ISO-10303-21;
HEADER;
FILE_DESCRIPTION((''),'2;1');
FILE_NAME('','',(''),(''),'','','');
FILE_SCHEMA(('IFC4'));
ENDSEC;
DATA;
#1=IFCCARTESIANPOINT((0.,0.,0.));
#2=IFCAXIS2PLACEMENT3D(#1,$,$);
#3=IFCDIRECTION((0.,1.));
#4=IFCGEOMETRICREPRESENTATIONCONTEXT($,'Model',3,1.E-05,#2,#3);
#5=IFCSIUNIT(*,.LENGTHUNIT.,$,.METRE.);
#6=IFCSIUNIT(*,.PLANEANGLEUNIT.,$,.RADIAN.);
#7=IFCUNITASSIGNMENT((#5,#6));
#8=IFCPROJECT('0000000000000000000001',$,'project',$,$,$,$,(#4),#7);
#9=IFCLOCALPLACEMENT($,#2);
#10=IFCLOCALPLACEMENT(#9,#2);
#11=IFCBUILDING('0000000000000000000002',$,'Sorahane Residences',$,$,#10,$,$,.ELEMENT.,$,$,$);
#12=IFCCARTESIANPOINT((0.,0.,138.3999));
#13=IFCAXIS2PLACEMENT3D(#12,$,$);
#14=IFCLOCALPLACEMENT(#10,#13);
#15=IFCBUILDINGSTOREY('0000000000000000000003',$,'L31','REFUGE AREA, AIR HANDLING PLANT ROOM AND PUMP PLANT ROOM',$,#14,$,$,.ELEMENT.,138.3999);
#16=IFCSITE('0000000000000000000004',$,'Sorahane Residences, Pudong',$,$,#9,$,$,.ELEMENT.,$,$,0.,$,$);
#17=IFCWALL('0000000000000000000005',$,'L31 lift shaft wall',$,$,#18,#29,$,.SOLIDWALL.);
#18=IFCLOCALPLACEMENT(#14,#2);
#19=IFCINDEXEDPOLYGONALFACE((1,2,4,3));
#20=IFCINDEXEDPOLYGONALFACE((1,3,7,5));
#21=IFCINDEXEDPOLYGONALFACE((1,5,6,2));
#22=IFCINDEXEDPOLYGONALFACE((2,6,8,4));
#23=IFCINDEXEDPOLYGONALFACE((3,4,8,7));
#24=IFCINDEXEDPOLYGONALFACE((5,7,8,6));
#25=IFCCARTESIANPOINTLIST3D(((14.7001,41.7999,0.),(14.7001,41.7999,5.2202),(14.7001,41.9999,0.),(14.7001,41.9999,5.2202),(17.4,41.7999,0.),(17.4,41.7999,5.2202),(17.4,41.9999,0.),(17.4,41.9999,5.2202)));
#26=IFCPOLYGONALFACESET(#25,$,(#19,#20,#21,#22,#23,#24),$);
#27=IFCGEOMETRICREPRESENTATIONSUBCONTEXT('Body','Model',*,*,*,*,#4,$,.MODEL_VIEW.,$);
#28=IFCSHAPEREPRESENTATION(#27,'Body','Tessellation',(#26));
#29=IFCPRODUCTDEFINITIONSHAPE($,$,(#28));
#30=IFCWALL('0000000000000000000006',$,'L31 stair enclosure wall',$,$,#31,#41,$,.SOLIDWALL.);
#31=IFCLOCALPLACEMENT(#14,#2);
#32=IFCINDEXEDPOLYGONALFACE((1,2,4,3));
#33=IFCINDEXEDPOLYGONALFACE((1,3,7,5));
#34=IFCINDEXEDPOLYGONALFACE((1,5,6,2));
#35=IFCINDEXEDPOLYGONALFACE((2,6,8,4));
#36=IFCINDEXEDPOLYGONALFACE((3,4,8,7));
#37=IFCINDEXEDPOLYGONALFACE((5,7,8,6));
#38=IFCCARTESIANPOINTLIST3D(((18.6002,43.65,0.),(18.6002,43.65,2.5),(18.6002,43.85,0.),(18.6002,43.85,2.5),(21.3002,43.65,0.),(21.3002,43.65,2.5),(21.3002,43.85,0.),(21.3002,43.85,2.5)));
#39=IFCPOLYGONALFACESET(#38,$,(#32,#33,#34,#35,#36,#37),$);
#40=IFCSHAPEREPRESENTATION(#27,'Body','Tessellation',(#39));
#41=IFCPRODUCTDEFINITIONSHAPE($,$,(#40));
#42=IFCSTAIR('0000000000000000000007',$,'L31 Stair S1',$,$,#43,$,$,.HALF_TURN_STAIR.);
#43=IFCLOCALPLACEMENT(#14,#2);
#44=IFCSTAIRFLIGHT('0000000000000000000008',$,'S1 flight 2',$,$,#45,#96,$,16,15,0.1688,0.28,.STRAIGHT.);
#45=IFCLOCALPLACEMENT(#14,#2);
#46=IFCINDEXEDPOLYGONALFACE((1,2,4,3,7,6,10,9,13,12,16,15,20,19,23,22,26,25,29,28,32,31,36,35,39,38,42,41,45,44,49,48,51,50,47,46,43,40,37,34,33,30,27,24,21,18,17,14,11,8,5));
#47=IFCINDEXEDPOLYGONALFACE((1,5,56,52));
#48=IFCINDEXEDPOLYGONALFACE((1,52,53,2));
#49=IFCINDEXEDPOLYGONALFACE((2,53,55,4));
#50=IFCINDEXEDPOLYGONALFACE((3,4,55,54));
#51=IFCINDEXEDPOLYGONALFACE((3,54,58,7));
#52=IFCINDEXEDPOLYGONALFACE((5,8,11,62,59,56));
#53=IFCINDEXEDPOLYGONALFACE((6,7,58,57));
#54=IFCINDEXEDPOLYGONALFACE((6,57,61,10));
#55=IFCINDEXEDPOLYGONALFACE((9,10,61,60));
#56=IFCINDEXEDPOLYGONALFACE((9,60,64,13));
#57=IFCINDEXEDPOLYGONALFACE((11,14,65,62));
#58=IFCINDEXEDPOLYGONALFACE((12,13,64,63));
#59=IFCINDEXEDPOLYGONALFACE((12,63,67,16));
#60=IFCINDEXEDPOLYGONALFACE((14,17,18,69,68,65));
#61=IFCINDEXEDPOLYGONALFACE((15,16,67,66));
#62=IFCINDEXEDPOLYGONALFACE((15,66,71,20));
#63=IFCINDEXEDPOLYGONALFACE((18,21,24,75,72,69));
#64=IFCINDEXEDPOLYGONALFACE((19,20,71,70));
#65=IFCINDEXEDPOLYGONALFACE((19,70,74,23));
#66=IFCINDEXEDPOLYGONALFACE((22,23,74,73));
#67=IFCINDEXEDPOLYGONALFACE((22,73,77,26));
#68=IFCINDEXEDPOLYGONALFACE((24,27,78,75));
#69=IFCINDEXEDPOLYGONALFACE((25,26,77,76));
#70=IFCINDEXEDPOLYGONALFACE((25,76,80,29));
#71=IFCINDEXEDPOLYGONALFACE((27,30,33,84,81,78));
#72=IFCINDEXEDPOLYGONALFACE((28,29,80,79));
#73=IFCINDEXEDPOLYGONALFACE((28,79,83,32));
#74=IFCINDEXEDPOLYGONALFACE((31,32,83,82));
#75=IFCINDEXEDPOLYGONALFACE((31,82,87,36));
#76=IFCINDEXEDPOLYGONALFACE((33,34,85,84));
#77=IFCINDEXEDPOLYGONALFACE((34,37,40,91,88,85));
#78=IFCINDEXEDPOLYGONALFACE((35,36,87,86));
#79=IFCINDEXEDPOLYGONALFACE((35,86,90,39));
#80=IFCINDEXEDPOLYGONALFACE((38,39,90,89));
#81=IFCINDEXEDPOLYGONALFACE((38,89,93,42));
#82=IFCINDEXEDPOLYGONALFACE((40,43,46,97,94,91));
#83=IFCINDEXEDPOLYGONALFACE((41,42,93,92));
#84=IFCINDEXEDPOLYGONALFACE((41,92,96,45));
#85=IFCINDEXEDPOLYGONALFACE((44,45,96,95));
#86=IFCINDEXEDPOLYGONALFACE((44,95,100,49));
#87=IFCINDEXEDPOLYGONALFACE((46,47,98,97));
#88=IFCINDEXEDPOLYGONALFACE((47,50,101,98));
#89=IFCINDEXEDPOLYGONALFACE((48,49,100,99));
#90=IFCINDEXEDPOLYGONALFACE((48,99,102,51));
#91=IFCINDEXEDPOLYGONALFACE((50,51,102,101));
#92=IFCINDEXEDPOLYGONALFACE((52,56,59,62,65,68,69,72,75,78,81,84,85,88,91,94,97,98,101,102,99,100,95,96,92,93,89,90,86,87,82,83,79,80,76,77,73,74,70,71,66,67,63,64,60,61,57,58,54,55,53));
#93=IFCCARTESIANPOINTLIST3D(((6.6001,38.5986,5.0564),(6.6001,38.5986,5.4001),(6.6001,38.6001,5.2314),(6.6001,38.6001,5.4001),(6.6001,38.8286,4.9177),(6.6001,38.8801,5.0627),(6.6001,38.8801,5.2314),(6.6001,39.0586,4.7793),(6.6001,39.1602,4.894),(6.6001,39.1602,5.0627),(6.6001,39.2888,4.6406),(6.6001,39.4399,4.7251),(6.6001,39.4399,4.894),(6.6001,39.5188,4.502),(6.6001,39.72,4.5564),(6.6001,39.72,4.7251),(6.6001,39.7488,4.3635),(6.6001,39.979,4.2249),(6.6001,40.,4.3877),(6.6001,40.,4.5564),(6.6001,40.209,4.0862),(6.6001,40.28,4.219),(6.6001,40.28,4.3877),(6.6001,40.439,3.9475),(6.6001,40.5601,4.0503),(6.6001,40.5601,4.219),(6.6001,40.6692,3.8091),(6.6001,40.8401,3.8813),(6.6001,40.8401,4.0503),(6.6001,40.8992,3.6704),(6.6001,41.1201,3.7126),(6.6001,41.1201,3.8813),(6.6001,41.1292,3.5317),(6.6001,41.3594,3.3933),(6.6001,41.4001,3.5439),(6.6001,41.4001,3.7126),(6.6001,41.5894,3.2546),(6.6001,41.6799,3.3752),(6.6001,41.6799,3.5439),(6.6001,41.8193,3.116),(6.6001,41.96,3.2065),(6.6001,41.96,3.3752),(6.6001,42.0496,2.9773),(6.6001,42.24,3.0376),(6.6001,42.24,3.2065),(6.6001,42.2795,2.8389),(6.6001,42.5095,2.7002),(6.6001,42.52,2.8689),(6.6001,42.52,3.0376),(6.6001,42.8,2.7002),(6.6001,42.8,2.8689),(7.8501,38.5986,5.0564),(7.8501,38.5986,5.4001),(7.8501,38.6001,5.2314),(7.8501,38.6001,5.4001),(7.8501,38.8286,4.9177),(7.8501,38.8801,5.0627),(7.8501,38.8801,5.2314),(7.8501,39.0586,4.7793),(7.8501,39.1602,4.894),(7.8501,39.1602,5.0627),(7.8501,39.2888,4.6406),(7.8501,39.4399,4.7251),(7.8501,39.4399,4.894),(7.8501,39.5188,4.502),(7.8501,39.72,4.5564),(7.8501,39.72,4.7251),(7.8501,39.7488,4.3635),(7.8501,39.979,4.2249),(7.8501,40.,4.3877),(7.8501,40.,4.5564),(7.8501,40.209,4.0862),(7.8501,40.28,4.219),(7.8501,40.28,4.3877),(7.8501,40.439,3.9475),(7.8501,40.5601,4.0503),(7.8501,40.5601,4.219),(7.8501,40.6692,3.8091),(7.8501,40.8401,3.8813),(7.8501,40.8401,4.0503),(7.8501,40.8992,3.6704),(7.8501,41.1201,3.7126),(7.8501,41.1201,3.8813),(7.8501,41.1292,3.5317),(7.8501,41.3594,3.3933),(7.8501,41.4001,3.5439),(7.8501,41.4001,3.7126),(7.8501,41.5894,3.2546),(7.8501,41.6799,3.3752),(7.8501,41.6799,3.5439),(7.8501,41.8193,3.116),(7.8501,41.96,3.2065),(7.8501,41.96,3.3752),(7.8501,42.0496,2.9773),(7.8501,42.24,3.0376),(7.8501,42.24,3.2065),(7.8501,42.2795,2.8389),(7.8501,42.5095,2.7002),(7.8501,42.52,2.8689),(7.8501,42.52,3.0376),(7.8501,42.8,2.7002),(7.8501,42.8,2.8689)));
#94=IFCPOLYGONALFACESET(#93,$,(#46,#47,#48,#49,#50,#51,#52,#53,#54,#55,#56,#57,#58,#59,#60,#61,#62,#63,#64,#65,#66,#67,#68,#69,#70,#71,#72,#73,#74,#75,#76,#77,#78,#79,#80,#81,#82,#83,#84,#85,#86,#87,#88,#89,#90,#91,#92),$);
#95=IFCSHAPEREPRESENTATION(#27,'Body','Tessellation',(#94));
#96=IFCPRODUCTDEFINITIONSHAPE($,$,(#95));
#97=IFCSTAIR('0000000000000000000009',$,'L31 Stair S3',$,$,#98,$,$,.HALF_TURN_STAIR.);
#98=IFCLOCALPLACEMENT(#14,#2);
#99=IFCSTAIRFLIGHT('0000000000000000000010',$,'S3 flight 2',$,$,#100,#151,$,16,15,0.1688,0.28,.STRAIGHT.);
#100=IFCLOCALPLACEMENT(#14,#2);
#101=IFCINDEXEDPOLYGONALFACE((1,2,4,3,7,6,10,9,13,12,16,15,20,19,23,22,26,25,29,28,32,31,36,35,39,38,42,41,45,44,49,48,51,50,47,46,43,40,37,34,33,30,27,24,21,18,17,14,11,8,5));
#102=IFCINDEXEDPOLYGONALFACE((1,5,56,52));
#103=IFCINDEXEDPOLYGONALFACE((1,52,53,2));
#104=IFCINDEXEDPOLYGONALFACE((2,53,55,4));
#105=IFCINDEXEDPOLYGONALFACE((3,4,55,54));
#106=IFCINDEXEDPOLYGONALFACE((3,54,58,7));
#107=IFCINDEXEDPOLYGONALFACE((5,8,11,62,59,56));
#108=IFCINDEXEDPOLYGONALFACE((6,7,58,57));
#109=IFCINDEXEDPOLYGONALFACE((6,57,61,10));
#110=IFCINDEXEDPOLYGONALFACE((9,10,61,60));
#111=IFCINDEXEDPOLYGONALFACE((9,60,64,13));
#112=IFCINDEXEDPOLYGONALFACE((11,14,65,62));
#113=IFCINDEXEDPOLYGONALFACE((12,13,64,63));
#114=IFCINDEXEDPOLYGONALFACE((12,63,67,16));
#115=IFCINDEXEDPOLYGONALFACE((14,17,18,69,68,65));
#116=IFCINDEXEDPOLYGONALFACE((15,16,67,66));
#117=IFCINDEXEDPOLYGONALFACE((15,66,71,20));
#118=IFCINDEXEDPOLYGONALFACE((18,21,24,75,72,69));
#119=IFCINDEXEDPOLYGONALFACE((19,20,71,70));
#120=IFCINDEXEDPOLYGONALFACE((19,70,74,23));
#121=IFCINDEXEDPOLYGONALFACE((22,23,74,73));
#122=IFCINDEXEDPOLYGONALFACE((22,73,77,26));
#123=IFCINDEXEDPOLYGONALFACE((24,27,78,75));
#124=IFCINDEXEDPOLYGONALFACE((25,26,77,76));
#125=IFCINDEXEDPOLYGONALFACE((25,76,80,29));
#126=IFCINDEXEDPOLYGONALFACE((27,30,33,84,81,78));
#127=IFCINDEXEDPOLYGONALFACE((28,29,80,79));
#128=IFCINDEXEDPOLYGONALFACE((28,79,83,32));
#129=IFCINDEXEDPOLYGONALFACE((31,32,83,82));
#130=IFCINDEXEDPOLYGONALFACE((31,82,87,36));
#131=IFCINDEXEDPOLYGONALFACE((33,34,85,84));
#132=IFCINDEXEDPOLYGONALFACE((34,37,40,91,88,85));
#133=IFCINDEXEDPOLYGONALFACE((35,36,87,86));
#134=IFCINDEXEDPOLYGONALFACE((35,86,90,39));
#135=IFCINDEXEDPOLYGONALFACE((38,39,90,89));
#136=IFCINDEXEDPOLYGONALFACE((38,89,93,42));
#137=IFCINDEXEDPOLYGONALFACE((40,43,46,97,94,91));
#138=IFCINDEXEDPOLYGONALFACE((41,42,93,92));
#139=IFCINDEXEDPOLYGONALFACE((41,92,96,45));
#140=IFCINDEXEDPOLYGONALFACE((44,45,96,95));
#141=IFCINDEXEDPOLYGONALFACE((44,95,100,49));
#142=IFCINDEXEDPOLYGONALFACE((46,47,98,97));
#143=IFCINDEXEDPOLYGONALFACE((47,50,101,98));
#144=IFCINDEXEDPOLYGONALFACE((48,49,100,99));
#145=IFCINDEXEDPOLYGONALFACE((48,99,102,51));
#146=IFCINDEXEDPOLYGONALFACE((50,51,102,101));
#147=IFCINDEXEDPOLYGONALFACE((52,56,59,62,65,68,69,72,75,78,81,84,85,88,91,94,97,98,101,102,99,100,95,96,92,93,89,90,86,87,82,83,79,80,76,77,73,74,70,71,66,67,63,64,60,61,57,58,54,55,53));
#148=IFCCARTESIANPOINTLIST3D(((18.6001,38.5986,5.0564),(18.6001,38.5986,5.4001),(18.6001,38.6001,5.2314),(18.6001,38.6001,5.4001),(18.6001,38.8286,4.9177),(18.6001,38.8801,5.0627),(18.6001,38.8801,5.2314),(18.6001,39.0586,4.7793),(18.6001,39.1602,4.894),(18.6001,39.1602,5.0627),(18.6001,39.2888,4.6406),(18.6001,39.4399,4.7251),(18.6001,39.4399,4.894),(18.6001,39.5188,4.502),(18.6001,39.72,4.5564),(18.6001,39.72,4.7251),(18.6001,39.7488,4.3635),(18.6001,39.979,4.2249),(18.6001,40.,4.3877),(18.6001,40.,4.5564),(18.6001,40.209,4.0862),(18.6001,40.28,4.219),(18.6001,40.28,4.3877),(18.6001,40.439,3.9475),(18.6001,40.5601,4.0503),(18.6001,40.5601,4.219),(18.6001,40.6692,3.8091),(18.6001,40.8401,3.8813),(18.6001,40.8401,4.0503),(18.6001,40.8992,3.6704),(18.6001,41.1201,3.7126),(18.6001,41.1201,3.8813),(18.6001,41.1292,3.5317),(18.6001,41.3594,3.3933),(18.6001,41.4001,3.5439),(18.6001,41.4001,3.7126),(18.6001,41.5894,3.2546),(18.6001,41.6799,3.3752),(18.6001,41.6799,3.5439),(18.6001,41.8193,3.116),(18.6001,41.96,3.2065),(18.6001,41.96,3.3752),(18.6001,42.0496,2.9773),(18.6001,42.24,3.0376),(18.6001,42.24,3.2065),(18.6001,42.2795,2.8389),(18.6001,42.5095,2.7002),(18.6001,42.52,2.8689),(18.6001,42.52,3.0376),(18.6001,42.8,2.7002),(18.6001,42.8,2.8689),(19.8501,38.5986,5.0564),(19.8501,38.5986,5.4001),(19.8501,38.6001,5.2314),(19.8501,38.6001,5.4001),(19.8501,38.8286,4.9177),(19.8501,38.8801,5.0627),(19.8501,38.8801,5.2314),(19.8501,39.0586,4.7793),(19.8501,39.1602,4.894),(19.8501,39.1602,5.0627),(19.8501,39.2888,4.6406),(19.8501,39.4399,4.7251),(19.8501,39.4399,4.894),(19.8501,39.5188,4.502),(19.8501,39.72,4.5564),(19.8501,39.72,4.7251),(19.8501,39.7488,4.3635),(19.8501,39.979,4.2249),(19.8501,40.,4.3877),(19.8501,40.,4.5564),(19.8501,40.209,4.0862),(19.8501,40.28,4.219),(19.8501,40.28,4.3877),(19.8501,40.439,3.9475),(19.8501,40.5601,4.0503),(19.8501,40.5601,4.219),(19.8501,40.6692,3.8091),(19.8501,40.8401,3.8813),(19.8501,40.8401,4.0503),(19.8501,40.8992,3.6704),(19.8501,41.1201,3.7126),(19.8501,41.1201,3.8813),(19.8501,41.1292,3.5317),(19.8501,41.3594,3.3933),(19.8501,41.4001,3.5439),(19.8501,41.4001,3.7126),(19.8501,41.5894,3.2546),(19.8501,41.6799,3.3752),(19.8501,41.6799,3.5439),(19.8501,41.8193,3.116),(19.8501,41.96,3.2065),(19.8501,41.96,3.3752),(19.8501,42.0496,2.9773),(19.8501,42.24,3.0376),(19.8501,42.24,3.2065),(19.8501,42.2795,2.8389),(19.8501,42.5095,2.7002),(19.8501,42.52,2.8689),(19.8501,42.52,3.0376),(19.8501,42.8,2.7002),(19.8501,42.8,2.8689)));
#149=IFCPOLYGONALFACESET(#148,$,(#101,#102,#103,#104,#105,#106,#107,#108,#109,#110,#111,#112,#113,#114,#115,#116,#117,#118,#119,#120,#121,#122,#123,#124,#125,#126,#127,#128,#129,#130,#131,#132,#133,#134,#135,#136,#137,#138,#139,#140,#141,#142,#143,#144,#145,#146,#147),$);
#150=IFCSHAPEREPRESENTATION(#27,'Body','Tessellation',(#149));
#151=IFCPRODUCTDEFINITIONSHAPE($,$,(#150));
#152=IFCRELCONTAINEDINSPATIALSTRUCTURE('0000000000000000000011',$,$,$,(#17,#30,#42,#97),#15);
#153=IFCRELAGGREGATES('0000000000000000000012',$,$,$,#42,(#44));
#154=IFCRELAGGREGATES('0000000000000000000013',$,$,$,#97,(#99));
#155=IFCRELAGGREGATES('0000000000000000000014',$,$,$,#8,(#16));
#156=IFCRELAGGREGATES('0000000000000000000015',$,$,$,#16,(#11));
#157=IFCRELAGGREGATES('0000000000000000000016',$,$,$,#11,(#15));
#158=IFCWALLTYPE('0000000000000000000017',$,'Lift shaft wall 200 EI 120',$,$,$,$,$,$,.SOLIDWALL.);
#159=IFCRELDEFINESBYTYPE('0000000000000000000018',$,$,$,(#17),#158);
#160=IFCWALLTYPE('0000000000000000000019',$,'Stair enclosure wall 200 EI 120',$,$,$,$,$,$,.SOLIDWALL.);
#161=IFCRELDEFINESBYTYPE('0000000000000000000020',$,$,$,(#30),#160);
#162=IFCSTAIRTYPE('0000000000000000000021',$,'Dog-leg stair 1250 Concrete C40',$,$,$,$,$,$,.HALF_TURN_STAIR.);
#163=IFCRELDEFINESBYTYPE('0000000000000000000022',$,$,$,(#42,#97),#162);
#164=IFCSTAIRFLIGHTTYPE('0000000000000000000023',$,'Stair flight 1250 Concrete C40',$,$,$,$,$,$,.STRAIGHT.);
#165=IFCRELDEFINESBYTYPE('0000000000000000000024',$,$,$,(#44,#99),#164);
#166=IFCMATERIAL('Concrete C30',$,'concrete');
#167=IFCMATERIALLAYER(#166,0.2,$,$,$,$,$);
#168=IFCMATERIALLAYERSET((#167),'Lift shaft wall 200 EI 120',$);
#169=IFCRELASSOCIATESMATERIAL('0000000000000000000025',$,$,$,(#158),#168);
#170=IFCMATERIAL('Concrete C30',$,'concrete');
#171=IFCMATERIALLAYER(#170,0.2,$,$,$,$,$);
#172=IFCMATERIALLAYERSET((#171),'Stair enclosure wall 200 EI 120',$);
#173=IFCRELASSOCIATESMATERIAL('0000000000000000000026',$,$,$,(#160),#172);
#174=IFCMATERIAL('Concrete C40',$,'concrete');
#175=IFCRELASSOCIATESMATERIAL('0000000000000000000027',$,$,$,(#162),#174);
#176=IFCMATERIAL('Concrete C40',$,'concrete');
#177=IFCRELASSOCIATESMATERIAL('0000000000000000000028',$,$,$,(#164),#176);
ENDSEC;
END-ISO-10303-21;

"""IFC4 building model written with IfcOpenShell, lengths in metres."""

from ifc_helpers import new_model, si_unit, direction, frame, frame_2d, origin, place, context, subcontext, project, spatial, polyline, rectangle, outline, extrude, material, layer, layer_set, type_object, element, aggregate, save


model = new_model("IFC4")

# Units and contexts
model_context = context("Model", 3, precision=1e-05, world=origin(), true_north=direction((0.0, 1.0)))
body_context = subcontext(model_context, "Body", "Model", "MODEL_VIEW")
ifc_project = project(units=[si_unit("LENGTHUNIT", "METRE"), si_unit("PLANEANGLEUNIT", "RADIAN")], contexts=[model_context])

# Site, building, storey
site_placement = place(None, origin())
site = spatial("IfcSite", under=ifc_project, at=site_placement, Name="Sorahane Residences, Pudong", CompositionType="ELEMENT", RefElevation=0.0)
building_placement = place(site_placement, origin())
building = spatial("IfcBuilding", under=site, at=building_placement, Name="Sorahane Residences", CompositionType="ELEMENT")
storey_placement = place(building_placement, frame((0.0, 0.0, 138.3999)))
storey = spatial("IfcBuildingStorey", under=building, at=storey_placement, Name="L31", Description="REFUGE AREA, AIR HANDLING PLANT ROOM AND PUMP PLANT ROOM", CompositionType="ELEMENT", Elevation=138.3999)

# Walls
ifc_material_1 = material(Name="Concrete C30", Category="concrete")
ifc_layer_1 = layer(ifc_material_1, 0.2)
ifc_layer_set_1 = layer_set([ifc_layer_1], Name="Lift shaft wall 200 EI 120")
wall_type_1 = type_object("IfcWallType", Name="Lift shaft wall 200 EI 120", PredefinedType="SOLIDWALL", material=ifc_layer_set_1)
wall_1_placement = place(storey_placement, frame((14.7, 41.8999, 0.0), z_axis=(0.0, 0.0, 1.0), x_axis=(1.0, 0.0, 0.0)))
element("IfcWall", 1, at=wall_1_placement, inside=storey, type_object=wall_type_1, Name="L31 lift shaft wall", PredefinedType="SOLIDWALL", context=body_context, shape_type="SweptSolid", body=[
    extrude(rectangle(XDim=2.7, YDim=0.2, at=frame_2d((1.3501, 0.0))), origin(), (0.0, 0.0, 1.0), 5.2202),
])
ifc_material_2 = material(Name="Concrete C30", Category="concrete")
ifc_layer_2 = layer(ifc_material_2, 0.2)
ifc_layer_set_2 = layer_set([ifc_layer_2], Name="Stair enclosure wall 200 EI 120")
wall_type_2 = type_object("IfcWallType", Name="Stair enclosure wall 200 EI 120", PredefinedType="SOLIDWALL", material=ifc_layer_set_2)
wall_2_placement = place(storey_placement, frame((18.6001, 43.75, 0.0), z_axis=(0.0, 0.0, 1.0), x_axis=(1.0, 0.0, 0.0)))
element("IfcWall", 2, at=wall_2_placement, inside=storey, type_object=wall_type_2, Name="L31 stair enclosure wall", PredefinedType="SOLIDWALL", context=body_context, shape_type="SweptSolid", body=[
    extrude(rectangle(XDim=2.7, YDim=0.2, at=frame_2d((1.3501, 0.0))), origin(), (0.0, 0.0, 1.0), 2.5),
])

# Stairs, stair flights
ifc_material_3 = material(Name="Concrete C40", Category="concrete")
stair_type = type_object("IfcStairType", Name="Dog-leg stair 1250 Concrete C40", PredefinedType="HALF_TURN_STAIR", material=ifc_material_3)
stair_1_placement = place(storey_placement, origin())
stair_1 = element("IfcStair", 3, at=stair_1_placement, inside=storey, type_object=stair_type, Name="L31 Stair S1", PredefinedType="HALF_TURN_STAIR")
ifc_material_4 = material(Name="Concrete C40", Category="concrete")
stair_flight_type = type_object("IfcStairFlightType", Name="Stair flight 1250 Concrete C40", PredefinedType="STRAIGHT", material=ifc_material_4)
stair_flight_1_placement = place(storey_placement, frame((7.2251, 42.8, 2.7002), z_axis=(0.0, 0.0, 1.0), x_axis=(0.0, -1.0, 0.0)))
stair_flight_1 = element("IfcStairFlight", 4, at=stair_flight_1_placement, type_object=stair_flight_type, Name="S1 flight 2", NumberOfRisers=16, NumberOfTreads=15, PredefinedType="STRAIGHT", RiserHeight=0.1688, TreadLength=0.28, context=body_context, shape_type="SweptSolid", body=[
    extrude(outline(polyline([(0.0, 0.0), (0.0, 0.1687), (0.28, 0.1687), (0.28, 0.3374), (0.5601, 0.3374), (0.5601, 0.5063), (0.8401, 0.5063), (0.8401, 0.675), (1.1201, 0.675), (1.1201, 0.8438), (1.3999, 0.8438), (1.3999, 1.0125), (1.6799, 1.0125), (1.6799, 1.1812), (1.96, 1.1812), (1.96, 1.3501), (2.24, 1.3501), (2.24, 1.5188), (2.52, 1.5188), (2.52, 1.6875), (2.8, 1.6875), (2.8, 1.8562), (3.0801, 1.8562), (3.0801, 2.0249), (3.3601, 2.0249), (3.3601, 2.1938), (3.6399, 2.1938), (3.6399, 2.3625), (3.9199, 2.3625), (3.9199, 2.5312), (4.2, 2.5312), (4.2, 2.7), (4.2014, 2.7), (4.2014, 2.3562), (3.9714, 2.2175), (3.7415, 2.0791), (3.5112, 1.9404), (3.2812, 1.8018), (3.0513, 1.6633), (2.821, 1.5247), (2.5911, 1.386), (2.3611, 1.2473), (2.1309, 1.1089), (1.9009, 0.9702), (1.6709, 0.8315), (1.4407, 0.6931), (1.2107, 0.5544), (0.9807, 0.4158), (0.7505, 0.2771), (0.5205, 0.1387), (0.2905, 0.0), (0.0, 0.0)])), frame((0.0, 0.625, 0.0), z_axis=(0.0, -1.0, 0.0), x_axis=(1.0, 0.0, 0.0)), (0.0, 0.0, 1.0), 1.25),
])
aggregate(stair_1, [stair_flight_1])
stair_2_placement = place(storey_placement, origin())
stair_2 = element("IfcStair", 5, at=stair_2_placement, inside=storey, type_object=stair_type, Name="L31 Stair S3", PredefinedType="HALF_TURN_STAIR")
stair_flight_2_placement = place(storey_placement, frame((19.2251, 42.8, 2.7002), z_axis=(0.0, 0.0, 1.0), x_axis=(0.0, -1.0, 0.0)))
stair_flight_2 = element("IfcStairFlight", 6, at=stair_flight_2_placement, type_object=stair_flight_type, Name="S3 flight 2", NumberOfRisers=16, NumberOfTreads=15, PredefinedType="STRAIGHT", RiserHeight=0.1688, TreadLength=0.28, context=body_context, shape_type="SweptSolid", body=[
    extrude(outline(polyline([(0.0, 0.0), (0.0, 0.1687), (0.28, 0.1687), (0.28, 0.3374), (0.5601, 0.3374), (0.5601, 0.5063), (0.8401, 0.5063), (0.8401, 0.675), (1.1201, 0.675), (1.1201, 0.8438), (1.3999, 0.8438), (1.3999, 1.0125), (1.6799, 1.0125), (1.6799, 1.1812), (1.96, 1.1812), (1.96, 1.3501), (2.24, 1.3501), (2.24, 1.5188), (2.52, 1.5188), (2.52, 1.6875), (2.8, 1.6875), (2.8, 1.8562), (3.0801, 1.8562), (3.0801, 2.0249), (3.3601, 2.0249), (3.3601, 2.1938), (3.6399, 2.1938), (3.6399, 2.3625), (3.9199, 2.3625), (3.9199, 2.5312), (4.2, 2.5312), (4.2, 2.7), (4.2014, 2.7), (4.2014, 2.3562), (3.9714, 2.2175), (3.7415, 2.0791), (3.5112, 1.9404), (3.2812, 1.8018), (3.0513, 1.6633), (2.821, 1.5247), (2.5911, 1.386), (2.3611, 1.2473), (2.1309, 1.1089), (1.9009, 0.9702), (1.6709, 0.8315), (1.4407, 0.6931), (1.2107, 0.5544), (0.9807, 0.4158), (0.7505, 0.2771), (0.5205, 0.1387), (0.2905, 0.0), (0.0, 0.0)])), frame((0.0, 0.625, 0.0), z_axis=(0.0, -1.0, 0.0), x_axis=(1.0, 0.0, 0.0)), (0.0, 0.0, 1.0), 1.25),
])
aggregate(stair_2, [stair_flight_2])

save(model, "model.ifc")
